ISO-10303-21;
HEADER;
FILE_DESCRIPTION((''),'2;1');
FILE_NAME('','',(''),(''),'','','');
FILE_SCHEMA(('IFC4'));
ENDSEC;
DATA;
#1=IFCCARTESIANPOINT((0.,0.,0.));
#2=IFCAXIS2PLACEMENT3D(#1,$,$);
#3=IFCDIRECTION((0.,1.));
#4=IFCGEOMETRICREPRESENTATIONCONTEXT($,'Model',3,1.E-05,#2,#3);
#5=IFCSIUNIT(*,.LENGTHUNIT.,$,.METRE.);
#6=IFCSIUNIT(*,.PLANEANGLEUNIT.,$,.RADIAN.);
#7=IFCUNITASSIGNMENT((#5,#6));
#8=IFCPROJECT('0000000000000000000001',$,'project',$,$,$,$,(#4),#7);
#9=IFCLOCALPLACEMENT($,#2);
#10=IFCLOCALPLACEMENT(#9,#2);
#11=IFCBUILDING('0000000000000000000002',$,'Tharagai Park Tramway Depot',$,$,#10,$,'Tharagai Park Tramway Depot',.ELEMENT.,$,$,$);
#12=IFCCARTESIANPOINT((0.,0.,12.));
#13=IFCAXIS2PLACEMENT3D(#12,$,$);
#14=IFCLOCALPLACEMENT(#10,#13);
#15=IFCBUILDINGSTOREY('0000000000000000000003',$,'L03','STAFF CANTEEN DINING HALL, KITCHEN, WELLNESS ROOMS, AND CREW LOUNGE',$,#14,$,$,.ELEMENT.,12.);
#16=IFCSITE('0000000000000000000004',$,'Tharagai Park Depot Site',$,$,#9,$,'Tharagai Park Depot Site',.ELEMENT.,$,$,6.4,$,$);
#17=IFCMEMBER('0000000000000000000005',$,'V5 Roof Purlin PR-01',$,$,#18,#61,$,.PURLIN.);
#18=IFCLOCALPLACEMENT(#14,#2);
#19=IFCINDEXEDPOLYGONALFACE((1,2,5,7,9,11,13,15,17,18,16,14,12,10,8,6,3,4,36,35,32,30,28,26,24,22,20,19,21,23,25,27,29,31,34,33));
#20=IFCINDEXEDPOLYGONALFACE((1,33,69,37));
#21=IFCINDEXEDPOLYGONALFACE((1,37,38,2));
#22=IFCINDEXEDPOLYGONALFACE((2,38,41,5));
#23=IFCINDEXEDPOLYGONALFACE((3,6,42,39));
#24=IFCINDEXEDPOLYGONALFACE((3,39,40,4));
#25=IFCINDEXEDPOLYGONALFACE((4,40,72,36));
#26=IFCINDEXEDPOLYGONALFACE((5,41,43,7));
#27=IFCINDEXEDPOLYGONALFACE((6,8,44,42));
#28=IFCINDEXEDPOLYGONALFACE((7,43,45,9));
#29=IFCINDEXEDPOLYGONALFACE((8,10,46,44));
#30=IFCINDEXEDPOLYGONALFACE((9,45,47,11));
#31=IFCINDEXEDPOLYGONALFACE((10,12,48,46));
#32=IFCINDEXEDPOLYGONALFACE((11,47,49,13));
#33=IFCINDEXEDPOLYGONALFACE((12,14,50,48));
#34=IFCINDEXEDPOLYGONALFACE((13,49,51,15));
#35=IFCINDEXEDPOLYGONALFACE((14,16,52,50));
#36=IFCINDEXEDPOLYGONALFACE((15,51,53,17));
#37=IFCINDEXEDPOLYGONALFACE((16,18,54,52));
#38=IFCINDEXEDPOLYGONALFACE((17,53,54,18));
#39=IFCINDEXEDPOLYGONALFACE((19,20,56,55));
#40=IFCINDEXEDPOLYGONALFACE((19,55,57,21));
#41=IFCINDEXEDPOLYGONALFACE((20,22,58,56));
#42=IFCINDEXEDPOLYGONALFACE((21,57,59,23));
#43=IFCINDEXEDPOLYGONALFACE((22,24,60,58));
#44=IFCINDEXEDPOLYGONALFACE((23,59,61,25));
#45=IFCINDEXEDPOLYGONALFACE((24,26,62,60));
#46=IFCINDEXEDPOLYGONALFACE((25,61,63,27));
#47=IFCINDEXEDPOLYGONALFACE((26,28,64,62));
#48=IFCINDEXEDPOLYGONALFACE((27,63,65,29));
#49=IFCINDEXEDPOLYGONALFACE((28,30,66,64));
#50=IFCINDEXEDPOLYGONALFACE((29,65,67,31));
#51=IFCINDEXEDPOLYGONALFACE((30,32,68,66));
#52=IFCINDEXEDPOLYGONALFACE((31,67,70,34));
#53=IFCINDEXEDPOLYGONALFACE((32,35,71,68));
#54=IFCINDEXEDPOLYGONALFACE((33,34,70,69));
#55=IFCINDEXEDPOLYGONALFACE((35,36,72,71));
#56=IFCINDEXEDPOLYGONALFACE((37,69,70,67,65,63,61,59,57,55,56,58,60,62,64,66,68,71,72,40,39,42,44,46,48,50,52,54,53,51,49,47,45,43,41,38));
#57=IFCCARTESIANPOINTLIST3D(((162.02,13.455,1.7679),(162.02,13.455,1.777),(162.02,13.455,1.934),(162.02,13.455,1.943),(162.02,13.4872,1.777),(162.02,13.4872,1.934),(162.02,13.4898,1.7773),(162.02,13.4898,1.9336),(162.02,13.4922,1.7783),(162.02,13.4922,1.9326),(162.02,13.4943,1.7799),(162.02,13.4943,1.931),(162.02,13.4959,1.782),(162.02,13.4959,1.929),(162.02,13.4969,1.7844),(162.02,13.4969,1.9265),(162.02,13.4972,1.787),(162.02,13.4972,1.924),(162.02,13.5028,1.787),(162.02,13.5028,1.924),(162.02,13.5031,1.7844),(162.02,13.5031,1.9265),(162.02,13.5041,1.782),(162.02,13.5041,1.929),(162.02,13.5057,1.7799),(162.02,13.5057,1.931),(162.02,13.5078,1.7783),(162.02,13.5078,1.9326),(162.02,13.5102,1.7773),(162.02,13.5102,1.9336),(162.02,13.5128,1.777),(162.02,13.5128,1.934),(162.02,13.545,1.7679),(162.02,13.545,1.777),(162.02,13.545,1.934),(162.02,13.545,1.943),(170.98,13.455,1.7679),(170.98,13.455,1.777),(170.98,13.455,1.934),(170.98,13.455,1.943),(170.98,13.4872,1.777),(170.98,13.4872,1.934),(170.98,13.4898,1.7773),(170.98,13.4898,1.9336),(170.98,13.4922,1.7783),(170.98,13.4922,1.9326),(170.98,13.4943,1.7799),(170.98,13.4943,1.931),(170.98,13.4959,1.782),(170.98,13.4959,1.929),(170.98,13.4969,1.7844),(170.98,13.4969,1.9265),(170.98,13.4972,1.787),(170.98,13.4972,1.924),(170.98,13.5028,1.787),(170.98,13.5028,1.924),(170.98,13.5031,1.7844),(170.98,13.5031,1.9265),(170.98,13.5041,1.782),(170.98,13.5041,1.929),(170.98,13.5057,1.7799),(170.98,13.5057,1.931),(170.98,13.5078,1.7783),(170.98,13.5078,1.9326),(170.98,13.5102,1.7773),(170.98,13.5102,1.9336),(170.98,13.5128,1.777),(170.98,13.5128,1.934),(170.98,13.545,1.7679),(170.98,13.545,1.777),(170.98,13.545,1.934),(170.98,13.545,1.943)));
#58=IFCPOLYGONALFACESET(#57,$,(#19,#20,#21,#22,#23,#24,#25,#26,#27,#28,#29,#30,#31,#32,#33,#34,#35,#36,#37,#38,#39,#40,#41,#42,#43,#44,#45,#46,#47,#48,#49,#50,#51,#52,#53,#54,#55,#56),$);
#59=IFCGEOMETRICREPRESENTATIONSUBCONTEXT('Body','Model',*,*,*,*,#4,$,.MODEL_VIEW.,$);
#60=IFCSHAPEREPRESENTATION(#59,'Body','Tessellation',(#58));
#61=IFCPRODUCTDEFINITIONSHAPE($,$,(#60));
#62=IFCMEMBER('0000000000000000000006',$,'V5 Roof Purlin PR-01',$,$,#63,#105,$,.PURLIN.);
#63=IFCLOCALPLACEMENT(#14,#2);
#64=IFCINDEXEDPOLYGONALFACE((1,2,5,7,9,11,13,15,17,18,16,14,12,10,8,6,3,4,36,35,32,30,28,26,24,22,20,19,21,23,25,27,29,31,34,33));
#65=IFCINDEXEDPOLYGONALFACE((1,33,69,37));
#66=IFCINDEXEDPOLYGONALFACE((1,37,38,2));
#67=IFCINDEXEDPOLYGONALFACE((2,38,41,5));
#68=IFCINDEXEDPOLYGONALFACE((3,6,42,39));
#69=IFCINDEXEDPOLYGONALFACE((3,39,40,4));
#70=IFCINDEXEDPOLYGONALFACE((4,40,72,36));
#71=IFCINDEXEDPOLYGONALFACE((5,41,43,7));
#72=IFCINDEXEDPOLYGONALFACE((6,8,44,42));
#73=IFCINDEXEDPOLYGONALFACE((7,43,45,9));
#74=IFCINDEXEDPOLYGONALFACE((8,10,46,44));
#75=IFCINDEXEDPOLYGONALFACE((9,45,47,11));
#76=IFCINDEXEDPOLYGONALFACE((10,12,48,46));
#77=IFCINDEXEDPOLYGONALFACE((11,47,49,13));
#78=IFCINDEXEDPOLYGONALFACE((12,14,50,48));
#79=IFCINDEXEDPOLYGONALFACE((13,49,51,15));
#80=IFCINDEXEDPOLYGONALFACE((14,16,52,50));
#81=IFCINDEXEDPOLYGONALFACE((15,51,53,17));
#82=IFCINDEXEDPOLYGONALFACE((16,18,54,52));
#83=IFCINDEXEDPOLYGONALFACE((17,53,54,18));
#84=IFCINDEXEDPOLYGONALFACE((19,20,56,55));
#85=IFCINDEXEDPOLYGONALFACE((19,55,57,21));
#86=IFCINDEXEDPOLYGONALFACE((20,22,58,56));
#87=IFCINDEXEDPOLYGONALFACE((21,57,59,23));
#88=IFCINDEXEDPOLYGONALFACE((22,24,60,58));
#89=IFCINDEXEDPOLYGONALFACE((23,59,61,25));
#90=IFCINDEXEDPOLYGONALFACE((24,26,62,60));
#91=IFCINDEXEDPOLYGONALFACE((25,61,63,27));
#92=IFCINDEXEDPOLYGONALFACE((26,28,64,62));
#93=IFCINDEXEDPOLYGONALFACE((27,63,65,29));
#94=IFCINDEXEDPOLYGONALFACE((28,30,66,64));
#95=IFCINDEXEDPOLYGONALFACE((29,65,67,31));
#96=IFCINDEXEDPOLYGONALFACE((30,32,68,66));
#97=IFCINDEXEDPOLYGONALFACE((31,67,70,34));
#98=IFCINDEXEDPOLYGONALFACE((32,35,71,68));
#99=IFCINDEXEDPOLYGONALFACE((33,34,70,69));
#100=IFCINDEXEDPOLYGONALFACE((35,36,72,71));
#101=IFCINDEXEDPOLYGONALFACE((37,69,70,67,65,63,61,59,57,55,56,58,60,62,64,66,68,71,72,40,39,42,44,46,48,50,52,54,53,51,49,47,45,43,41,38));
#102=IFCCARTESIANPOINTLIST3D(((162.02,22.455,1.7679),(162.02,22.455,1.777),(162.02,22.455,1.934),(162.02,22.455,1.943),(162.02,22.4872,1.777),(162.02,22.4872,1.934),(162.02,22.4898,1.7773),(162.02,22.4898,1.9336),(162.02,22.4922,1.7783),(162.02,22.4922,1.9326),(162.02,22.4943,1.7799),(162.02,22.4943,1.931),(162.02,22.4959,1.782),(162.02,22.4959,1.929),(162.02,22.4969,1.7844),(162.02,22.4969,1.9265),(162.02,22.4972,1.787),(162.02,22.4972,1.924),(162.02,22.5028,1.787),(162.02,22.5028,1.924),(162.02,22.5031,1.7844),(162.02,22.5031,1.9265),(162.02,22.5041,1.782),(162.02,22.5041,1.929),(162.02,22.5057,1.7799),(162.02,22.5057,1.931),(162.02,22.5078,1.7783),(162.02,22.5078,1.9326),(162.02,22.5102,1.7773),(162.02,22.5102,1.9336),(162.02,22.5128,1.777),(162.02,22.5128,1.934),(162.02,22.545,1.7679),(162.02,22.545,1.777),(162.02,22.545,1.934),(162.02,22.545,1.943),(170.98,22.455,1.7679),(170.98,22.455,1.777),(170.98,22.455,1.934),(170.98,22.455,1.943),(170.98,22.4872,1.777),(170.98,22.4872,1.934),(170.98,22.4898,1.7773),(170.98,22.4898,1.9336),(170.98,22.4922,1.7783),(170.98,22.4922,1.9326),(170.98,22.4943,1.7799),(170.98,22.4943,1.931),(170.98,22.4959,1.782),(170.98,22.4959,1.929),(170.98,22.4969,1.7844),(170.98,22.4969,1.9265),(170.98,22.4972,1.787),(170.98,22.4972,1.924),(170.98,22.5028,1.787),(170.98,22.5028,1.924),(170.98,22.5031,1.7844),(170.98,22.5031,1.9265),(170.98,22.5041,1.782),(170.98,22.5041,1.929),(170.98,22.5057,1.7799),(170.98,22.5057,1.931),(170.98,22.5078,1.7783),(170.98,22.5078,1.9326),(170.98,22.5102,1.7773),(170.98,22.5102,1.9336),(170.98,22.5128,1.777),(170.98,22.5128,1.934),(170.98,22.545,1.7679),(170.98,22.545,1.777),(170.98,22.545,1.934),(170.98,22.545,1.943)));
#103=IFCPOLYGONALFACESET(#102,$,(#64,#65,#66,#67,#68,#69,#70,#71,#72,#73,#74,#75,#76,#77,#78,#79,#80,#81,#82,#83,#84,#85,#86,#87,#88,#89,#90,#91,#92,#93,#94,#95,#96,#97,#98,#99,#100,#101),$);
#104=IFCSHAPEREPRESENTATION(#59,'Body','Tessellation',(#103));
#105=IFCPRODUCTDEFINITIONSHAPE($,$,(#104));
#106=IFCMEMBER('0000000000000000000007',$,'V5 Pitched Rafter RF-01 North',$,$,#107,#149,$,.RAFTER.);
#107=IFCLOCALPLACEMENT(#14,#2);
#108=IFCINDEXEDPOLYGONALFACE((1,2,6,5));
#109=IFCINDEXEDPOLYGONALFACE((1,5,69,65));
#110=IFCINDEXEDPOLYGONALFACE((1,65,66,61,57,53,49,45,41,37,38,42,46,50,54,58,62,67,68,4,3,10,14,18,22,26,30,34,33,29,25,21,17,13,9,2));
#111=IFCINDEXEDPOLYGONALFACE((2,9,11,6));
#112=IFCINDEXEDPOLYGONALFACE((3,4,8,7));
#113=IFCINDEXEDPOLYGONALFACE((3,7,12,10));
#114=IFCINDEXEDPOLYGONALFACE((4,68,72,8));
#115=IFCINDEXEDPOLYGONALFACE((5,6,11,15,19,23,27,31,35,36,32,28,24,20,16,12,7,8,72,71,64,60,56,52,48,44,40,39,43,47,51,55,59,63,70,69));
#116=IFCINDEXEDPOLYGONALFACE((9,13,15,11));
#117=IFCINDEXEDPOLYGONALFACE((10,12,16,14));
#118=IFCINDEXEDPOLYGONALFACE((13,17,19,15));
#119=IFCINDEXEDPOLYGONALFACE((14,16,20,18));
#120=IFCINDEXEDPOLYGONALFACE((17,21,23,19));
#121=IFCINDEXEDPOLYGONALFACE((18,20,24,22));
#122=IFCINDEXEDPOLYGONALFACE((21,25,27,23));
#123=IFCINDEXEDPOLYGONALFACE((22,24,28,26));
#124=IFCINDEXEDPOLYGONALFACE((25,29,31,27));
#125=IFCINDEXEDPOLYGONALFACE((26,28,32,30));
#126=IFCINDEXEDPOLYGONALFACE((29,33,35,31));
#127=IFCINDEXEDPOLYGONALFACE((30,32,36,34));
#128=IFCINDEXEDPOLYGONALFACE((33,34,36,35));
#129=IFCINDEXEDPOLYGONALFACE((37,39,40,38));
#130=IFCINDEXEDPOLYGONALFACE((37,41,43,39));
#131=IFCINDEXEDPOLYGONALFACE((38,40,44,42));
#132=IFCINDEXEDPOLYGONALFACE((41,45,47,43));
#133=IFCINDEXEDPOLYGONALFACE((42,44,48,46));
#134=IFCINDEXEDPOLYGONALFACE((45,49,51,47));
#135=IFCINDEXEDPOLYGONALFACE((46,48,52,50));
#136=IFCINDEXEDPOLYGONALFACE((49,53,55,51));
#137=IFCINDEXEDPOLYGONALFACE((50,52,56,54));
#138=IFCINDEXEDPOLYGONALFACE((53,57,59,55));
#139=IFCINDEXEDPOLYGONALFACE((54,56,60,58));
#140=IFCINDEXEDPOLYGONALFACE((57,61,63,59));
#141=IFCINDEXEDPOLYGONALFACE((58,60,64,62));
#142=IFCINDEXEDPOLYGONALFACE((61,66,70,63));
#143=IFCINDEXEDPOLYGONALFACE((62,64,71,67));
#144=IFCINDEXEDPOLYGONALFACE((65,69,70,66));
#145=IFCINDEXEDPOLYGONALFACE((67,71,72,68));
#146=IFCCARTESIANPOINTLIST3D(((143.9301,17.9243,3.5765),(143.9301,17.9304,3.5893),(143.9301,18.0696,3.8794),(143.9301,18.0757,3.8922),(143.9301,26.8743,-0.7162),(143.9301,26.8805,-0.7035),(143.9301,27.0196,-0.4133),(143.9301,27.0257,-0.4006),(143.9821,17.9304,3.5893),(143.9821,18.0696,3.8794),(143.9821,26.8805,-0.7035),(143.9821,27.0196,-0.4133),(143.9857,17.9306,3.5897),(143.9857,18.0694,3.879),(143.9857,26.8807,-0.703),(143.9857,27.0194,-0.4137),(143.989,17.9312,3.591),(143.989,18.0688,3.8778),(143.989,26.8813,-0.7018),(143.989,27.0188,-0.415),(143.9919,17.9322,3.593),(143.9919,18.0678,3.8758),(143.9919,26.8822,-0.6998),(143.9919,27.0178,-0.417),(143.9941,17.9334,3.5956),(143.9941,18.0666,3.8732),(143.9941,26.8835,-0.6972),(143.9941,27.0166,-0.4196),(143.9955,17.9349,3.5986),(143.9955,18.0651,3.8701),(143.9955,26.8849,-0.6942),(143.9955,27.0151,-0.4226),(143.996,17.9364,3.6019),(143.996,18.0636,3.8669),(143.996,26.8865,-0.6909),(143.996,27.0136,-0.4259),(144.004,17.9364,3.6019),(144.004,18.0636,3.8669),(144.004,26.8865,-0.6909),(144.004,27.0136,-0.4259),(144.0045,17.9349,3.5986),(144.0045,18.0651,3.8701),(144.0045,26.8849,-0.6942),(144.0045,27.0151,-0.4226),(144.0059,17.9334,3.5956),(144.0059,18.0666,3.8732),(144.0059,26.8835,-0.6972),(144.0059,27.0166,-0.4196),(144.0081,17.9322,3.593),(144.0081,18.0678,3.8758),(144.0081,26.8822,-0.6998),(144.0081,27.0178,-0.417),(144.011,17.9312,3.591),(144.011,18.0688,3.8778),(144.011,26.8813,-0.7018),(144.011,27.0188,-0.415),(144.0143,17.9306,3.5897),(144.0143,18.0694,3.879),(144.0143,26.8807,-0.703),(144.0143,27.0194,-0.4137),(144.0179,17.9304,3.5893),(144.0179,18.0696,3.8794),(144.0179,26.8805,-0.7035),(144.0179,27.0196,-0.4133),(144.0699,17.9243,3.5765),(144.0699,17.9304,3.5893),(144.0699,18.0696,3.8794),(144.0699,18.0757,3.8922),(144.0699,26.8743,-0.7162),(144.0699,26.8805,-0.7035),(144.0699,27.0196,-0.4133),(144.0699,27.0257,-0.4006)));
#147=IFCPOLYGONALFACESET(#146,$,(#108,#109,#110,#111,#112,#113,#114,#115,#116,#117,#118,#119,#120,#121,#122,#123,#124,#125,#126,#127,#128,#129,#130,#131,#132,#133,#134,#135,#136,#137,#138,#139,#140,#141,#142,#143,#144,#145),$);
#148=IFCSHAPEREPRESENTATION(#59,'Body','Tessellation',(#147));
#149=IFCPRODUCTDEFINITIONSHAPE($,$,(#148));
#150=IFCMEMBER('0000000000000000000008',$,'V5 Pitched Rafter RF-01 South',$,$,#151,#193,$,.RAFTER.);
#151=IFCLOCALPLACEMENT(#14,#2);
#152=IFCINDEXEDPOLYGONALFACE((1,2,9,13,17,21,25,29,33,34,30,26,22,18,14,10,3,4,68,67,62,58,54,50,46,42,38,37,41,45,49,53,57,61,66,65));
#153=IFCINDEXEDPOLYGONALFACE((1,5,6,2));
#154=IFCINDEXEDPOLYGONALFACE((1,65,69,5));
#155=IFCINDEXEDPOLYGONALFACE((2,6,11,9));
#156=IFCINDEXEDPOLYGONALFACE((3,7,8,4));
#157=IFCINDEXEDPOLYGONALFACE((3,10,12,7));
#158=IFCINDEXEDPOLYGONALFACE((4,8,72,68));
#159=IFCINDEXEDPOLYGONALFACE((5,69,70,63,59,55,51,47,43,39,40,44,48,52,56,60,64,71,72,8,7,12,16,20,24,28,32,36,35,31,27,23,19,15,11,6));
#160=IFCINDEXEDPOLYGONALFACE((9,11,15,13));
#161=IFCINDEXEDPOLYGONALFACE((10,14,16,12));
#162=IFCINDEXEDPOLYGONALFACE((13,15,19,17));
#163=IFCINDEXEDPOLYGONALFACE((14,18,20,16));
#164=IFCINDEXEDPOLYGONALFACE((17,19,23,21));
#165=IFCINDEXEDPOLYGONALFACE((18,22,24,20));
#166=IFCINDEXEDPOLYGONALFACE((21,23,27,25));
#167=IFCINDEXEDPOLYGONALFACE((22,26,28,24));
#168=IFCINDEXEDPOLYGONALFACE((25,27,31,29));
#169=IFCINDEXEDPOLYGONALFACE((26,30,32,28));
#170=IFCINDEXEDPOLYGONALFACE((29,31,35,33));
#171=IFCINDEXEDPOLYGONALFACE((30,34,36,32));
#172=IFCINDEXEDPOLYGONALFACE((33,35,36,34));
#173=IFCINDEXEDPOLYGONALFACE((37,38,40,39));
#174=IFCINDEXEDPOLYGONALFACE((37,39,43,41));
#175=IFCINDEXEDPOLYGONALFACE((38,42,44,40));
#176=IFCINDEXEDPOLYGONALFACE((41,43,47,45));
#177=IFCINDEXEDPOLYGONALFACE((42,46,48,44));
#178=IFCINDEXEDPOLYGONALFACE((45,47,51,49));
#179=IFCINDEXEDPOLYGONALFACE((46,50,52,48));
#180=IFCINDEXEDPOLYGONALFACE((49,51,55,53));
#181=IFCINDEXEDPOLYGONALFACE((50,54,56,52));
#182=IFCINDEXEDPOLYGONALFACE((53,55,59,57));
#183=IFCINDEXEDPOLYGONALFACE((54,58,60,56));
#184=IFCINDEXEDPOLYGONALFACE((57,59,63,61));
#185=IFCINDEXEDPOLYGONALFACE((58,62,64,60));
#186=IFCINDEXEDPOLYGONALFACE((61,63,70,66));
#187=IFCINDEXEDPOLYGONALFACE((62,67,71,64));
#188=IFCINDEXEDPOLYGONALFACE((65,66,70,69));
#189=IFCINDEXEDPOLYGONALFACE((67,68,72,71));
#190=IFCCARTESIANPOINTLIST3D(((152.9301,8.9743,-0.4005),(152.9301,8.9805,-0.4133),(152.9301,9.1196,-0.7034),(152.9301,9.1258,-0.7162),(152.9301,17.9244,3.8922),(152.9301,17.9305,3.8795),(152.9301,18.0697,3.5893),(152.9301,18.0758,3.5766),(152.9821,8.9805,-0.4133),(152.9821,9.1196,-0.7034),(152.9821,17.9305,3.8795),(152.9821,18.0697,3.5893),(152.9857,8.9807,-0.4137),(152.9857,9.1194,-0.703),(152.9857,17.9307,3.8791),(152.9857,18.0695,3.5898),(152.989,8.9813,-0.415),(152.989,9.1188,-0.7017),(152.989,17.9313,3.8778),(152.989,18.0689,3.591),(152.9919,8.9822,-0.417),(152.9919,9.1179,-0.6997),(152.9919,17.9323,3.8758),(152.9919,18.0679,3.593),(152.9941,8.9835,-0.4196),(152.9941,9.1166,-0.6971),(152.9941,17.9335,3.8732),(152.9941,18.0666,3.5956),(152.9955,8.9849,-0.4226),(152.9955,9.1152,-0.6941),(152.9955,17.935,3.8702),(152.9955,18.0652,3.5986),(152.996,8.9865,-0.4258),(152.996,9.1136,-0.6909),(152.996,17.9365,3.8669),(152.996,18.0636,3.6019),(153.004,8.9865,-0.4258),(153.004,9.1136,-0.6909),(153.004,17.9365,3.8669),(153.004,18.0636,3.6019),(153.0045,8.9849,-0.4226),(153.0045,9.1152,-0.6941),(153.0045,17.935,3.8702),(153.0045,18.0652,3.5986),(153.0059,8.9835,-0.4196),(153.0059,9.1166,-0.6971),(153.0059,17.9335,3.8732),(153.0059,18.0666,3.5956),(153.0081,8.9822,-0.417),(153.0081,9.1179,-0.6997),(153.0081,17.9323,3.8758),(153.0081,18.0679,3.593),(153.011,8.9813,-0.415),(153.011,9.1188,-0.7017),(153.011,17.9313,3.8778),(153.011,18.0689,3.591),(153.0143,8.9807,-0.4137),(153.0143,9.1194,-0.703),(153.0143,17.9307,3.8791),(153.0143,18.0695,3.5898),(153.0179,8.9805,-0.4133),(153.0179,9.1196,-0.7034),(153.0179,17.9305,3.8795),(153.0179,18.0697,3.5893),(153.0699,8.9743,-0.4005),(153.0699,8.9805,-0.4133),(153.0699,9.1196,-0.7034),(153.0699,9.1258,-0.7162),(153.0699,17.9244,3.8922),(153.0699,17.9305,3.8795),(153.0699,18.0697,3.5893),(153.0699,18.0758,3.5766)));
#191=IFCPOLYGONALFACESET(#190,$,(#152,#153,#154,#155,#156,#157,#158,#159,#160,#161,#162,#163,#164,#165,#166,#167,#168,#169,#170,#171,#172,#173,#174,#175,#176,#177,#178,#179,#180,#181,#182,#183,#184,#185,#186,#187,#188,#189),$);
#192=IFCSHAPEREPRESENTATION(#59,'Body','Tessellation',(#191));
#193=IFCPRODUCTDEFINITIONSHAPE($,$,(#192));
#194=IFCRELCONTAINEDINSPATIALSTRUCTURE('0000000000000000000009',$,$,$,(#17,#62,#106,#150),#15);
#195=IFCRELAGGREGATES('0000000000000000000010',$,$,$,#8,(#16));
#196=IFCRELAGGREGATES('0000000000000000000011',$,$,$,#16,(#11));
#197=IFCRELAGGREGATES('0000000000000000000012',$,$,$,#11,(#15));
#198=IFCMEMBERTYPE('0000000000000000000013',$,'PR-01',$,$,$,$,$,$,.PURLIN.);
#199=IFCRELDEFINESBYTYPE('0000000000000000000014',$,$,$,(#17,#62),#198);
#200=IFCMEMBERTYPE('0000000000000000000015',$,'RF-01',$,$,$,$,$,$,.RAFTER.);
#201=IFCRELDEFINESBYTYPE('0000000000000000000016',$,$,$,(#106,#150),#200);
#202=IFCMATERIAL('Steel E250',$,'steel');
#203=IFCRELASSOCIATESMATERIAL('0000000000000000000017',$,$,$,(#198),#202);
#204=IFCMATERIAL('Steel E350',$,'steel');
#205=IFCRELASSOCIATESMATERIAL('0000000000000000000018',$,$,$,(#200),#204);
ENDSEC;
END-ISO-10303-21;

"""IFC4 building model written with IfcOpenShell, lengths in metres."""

from ifc_helpers import new_model, si_unit, direction, frame, origin, origin_2d, place, context, subcontext, project, spatial, i_section, extrude, material, material_profile, profile_set, type_object, element, save


model = new_model("IFC4")

# Units and contexts
model_context = context("Model", 3, precision=1e-05, world=origin(), true_north=direction((0.0, 1.0)))
body_context = subcontext(model_context, "Body", "Model", "MODEL_VIEW")
ifc_project = project(units=[si_unit("LENGTHUNIT", "METRE"), si_unit("PLANEANGLEUNIT", "RADIAN")], contexts=[model_context])

# Site, building, storey
site_placement = place(None, origin())
site = spatial("IfcSite", under=ifc_project, at=site_placement, Name="Tharagai Park Depot Site", LongName="Tharagai Park Depot Site", CompositionType="ELEMENT", RefElevation=6.4)
building_placement = place(site_placement, origin())
building = spatial("IfcBuilding", under=site, at=building_placement, Name="Tharagai Park Tramway Depot", LongName="Tharagai Park Tramway Depot", CompositionType="ELEMENT")
storey_placement = place(building_placement, frame((0.0, 0.0, 12.0)))
storey = spatial("IfcBuildingStorey", under=building, at=storey_placement, Name="L03", Description="STAFF CANTEEN DINING HALL, KITCHEN, WELLNESS ROOMS, AND CREW LOUNGE", CompositionType="ELEMENT", Elevation=12.0)

# Shared definitions
ifc_material_1 = material(Name="Steel E350", Category="steel")

# Members
ifc_material_2 = material(Name="Steel E250", Category="steel")
ifc_material_profile_1 = material_profile(ifc_material_2, i_section(OverallWidth=0.0901, OverallDepth=0.175, WebThickness=0.0056, FlangeThickness=0.009, FilletRadius=0.01, at=origin_2d()), Name="ISMB 175")
ifc_profile_set_1 = profile_set([ifc_material_profile_1], Name="Steel E250")
member_type_1 = type_object("IfcMemberType", Name="PR-01", PredefinedType="PURLIN", material=ifc_profile_set_1)
for number, where, z_axis, x_axis, name in (
    (1, (162.02, 13.5, 1.8555), (1.0, 0.0, 0.0), (0.0, 1.0, 0.0), "V5 Roof Purlin PR-01"),
    (2, (162.02, 22.5, 1.8555), (1.0, 0.0, 0.0), (0.0, 1.0, 0.0), "V5 Roof Purlin PR-01"),
):
    element("IfcMember", number, at=place(storey_placement, frame(where, z_axis=z_axis, x_axis=x_axis)), inside=storey, type_object=member_type_1, Name=name, PredefinedType="PURLIN", context=body_context, shape_type="SweptSolid", body=[
        extrude(i_section(OverallWidth=0.0901, OverallDepth=0.175, WebThickness=0.0056, FlangeThickness=0.009, FilletRadius=0.01, at=origin_2d()), origin(), (0.0, 0.0, 1.0), 8.96),
    ])
ifc_material_profile_2 = material_profile(ifc_material_1, i_section(OverallWidth=0.1399, OverallDepth=0.3501, WebThickness=0.0081, FlangeThickness=0.0142, FilletRadius=0.0139, at=origin_2d()), Name="ISMB 350")
ifc_profile_set_2 = profile_set([ifc_material_profile_2], Name="Steel E350")
member_type_2 = type_object("IfcMemberType", Name="RF-01", PredefinedType="RAFTER", material=ifc_profile_set_2)
for number, where, z_axis, x_axis, name in (
    (3, (144.0, 18.0, 3.7344), (0.0, 0.901651, -0.432465), (-1.0, 0.0, 0.0), "V5 Pitched Rafter RF-01 North"),
    (4, (153.0, 9.05, -0.5583), (0.0, 0.901651, 0.432465), (-1.0, 0.0, 0.0), "V5 Pitched Rafter RF-01 South"),
):
    element("IfcMember", number, at=place(storey_placement, frame(where, z_axis=z_axis, x_axis=x_axis)), inside=storey, type_object=member_type_2, Name=name, PredefinedType="RAFTER", context=body_context, shape_type="SweptSolid", body=[
        extrude(i_section(OverallWidth=0.1399, OverallDepth=0.3501, WebThickness=0.0081, FlangeThickness=0.0142, FilletRadius=0.0139, at=origin_2d()), origin(), (0.0, 0.0, 1.0), 9.9263),
    ])

save(model, "model.ifc")
